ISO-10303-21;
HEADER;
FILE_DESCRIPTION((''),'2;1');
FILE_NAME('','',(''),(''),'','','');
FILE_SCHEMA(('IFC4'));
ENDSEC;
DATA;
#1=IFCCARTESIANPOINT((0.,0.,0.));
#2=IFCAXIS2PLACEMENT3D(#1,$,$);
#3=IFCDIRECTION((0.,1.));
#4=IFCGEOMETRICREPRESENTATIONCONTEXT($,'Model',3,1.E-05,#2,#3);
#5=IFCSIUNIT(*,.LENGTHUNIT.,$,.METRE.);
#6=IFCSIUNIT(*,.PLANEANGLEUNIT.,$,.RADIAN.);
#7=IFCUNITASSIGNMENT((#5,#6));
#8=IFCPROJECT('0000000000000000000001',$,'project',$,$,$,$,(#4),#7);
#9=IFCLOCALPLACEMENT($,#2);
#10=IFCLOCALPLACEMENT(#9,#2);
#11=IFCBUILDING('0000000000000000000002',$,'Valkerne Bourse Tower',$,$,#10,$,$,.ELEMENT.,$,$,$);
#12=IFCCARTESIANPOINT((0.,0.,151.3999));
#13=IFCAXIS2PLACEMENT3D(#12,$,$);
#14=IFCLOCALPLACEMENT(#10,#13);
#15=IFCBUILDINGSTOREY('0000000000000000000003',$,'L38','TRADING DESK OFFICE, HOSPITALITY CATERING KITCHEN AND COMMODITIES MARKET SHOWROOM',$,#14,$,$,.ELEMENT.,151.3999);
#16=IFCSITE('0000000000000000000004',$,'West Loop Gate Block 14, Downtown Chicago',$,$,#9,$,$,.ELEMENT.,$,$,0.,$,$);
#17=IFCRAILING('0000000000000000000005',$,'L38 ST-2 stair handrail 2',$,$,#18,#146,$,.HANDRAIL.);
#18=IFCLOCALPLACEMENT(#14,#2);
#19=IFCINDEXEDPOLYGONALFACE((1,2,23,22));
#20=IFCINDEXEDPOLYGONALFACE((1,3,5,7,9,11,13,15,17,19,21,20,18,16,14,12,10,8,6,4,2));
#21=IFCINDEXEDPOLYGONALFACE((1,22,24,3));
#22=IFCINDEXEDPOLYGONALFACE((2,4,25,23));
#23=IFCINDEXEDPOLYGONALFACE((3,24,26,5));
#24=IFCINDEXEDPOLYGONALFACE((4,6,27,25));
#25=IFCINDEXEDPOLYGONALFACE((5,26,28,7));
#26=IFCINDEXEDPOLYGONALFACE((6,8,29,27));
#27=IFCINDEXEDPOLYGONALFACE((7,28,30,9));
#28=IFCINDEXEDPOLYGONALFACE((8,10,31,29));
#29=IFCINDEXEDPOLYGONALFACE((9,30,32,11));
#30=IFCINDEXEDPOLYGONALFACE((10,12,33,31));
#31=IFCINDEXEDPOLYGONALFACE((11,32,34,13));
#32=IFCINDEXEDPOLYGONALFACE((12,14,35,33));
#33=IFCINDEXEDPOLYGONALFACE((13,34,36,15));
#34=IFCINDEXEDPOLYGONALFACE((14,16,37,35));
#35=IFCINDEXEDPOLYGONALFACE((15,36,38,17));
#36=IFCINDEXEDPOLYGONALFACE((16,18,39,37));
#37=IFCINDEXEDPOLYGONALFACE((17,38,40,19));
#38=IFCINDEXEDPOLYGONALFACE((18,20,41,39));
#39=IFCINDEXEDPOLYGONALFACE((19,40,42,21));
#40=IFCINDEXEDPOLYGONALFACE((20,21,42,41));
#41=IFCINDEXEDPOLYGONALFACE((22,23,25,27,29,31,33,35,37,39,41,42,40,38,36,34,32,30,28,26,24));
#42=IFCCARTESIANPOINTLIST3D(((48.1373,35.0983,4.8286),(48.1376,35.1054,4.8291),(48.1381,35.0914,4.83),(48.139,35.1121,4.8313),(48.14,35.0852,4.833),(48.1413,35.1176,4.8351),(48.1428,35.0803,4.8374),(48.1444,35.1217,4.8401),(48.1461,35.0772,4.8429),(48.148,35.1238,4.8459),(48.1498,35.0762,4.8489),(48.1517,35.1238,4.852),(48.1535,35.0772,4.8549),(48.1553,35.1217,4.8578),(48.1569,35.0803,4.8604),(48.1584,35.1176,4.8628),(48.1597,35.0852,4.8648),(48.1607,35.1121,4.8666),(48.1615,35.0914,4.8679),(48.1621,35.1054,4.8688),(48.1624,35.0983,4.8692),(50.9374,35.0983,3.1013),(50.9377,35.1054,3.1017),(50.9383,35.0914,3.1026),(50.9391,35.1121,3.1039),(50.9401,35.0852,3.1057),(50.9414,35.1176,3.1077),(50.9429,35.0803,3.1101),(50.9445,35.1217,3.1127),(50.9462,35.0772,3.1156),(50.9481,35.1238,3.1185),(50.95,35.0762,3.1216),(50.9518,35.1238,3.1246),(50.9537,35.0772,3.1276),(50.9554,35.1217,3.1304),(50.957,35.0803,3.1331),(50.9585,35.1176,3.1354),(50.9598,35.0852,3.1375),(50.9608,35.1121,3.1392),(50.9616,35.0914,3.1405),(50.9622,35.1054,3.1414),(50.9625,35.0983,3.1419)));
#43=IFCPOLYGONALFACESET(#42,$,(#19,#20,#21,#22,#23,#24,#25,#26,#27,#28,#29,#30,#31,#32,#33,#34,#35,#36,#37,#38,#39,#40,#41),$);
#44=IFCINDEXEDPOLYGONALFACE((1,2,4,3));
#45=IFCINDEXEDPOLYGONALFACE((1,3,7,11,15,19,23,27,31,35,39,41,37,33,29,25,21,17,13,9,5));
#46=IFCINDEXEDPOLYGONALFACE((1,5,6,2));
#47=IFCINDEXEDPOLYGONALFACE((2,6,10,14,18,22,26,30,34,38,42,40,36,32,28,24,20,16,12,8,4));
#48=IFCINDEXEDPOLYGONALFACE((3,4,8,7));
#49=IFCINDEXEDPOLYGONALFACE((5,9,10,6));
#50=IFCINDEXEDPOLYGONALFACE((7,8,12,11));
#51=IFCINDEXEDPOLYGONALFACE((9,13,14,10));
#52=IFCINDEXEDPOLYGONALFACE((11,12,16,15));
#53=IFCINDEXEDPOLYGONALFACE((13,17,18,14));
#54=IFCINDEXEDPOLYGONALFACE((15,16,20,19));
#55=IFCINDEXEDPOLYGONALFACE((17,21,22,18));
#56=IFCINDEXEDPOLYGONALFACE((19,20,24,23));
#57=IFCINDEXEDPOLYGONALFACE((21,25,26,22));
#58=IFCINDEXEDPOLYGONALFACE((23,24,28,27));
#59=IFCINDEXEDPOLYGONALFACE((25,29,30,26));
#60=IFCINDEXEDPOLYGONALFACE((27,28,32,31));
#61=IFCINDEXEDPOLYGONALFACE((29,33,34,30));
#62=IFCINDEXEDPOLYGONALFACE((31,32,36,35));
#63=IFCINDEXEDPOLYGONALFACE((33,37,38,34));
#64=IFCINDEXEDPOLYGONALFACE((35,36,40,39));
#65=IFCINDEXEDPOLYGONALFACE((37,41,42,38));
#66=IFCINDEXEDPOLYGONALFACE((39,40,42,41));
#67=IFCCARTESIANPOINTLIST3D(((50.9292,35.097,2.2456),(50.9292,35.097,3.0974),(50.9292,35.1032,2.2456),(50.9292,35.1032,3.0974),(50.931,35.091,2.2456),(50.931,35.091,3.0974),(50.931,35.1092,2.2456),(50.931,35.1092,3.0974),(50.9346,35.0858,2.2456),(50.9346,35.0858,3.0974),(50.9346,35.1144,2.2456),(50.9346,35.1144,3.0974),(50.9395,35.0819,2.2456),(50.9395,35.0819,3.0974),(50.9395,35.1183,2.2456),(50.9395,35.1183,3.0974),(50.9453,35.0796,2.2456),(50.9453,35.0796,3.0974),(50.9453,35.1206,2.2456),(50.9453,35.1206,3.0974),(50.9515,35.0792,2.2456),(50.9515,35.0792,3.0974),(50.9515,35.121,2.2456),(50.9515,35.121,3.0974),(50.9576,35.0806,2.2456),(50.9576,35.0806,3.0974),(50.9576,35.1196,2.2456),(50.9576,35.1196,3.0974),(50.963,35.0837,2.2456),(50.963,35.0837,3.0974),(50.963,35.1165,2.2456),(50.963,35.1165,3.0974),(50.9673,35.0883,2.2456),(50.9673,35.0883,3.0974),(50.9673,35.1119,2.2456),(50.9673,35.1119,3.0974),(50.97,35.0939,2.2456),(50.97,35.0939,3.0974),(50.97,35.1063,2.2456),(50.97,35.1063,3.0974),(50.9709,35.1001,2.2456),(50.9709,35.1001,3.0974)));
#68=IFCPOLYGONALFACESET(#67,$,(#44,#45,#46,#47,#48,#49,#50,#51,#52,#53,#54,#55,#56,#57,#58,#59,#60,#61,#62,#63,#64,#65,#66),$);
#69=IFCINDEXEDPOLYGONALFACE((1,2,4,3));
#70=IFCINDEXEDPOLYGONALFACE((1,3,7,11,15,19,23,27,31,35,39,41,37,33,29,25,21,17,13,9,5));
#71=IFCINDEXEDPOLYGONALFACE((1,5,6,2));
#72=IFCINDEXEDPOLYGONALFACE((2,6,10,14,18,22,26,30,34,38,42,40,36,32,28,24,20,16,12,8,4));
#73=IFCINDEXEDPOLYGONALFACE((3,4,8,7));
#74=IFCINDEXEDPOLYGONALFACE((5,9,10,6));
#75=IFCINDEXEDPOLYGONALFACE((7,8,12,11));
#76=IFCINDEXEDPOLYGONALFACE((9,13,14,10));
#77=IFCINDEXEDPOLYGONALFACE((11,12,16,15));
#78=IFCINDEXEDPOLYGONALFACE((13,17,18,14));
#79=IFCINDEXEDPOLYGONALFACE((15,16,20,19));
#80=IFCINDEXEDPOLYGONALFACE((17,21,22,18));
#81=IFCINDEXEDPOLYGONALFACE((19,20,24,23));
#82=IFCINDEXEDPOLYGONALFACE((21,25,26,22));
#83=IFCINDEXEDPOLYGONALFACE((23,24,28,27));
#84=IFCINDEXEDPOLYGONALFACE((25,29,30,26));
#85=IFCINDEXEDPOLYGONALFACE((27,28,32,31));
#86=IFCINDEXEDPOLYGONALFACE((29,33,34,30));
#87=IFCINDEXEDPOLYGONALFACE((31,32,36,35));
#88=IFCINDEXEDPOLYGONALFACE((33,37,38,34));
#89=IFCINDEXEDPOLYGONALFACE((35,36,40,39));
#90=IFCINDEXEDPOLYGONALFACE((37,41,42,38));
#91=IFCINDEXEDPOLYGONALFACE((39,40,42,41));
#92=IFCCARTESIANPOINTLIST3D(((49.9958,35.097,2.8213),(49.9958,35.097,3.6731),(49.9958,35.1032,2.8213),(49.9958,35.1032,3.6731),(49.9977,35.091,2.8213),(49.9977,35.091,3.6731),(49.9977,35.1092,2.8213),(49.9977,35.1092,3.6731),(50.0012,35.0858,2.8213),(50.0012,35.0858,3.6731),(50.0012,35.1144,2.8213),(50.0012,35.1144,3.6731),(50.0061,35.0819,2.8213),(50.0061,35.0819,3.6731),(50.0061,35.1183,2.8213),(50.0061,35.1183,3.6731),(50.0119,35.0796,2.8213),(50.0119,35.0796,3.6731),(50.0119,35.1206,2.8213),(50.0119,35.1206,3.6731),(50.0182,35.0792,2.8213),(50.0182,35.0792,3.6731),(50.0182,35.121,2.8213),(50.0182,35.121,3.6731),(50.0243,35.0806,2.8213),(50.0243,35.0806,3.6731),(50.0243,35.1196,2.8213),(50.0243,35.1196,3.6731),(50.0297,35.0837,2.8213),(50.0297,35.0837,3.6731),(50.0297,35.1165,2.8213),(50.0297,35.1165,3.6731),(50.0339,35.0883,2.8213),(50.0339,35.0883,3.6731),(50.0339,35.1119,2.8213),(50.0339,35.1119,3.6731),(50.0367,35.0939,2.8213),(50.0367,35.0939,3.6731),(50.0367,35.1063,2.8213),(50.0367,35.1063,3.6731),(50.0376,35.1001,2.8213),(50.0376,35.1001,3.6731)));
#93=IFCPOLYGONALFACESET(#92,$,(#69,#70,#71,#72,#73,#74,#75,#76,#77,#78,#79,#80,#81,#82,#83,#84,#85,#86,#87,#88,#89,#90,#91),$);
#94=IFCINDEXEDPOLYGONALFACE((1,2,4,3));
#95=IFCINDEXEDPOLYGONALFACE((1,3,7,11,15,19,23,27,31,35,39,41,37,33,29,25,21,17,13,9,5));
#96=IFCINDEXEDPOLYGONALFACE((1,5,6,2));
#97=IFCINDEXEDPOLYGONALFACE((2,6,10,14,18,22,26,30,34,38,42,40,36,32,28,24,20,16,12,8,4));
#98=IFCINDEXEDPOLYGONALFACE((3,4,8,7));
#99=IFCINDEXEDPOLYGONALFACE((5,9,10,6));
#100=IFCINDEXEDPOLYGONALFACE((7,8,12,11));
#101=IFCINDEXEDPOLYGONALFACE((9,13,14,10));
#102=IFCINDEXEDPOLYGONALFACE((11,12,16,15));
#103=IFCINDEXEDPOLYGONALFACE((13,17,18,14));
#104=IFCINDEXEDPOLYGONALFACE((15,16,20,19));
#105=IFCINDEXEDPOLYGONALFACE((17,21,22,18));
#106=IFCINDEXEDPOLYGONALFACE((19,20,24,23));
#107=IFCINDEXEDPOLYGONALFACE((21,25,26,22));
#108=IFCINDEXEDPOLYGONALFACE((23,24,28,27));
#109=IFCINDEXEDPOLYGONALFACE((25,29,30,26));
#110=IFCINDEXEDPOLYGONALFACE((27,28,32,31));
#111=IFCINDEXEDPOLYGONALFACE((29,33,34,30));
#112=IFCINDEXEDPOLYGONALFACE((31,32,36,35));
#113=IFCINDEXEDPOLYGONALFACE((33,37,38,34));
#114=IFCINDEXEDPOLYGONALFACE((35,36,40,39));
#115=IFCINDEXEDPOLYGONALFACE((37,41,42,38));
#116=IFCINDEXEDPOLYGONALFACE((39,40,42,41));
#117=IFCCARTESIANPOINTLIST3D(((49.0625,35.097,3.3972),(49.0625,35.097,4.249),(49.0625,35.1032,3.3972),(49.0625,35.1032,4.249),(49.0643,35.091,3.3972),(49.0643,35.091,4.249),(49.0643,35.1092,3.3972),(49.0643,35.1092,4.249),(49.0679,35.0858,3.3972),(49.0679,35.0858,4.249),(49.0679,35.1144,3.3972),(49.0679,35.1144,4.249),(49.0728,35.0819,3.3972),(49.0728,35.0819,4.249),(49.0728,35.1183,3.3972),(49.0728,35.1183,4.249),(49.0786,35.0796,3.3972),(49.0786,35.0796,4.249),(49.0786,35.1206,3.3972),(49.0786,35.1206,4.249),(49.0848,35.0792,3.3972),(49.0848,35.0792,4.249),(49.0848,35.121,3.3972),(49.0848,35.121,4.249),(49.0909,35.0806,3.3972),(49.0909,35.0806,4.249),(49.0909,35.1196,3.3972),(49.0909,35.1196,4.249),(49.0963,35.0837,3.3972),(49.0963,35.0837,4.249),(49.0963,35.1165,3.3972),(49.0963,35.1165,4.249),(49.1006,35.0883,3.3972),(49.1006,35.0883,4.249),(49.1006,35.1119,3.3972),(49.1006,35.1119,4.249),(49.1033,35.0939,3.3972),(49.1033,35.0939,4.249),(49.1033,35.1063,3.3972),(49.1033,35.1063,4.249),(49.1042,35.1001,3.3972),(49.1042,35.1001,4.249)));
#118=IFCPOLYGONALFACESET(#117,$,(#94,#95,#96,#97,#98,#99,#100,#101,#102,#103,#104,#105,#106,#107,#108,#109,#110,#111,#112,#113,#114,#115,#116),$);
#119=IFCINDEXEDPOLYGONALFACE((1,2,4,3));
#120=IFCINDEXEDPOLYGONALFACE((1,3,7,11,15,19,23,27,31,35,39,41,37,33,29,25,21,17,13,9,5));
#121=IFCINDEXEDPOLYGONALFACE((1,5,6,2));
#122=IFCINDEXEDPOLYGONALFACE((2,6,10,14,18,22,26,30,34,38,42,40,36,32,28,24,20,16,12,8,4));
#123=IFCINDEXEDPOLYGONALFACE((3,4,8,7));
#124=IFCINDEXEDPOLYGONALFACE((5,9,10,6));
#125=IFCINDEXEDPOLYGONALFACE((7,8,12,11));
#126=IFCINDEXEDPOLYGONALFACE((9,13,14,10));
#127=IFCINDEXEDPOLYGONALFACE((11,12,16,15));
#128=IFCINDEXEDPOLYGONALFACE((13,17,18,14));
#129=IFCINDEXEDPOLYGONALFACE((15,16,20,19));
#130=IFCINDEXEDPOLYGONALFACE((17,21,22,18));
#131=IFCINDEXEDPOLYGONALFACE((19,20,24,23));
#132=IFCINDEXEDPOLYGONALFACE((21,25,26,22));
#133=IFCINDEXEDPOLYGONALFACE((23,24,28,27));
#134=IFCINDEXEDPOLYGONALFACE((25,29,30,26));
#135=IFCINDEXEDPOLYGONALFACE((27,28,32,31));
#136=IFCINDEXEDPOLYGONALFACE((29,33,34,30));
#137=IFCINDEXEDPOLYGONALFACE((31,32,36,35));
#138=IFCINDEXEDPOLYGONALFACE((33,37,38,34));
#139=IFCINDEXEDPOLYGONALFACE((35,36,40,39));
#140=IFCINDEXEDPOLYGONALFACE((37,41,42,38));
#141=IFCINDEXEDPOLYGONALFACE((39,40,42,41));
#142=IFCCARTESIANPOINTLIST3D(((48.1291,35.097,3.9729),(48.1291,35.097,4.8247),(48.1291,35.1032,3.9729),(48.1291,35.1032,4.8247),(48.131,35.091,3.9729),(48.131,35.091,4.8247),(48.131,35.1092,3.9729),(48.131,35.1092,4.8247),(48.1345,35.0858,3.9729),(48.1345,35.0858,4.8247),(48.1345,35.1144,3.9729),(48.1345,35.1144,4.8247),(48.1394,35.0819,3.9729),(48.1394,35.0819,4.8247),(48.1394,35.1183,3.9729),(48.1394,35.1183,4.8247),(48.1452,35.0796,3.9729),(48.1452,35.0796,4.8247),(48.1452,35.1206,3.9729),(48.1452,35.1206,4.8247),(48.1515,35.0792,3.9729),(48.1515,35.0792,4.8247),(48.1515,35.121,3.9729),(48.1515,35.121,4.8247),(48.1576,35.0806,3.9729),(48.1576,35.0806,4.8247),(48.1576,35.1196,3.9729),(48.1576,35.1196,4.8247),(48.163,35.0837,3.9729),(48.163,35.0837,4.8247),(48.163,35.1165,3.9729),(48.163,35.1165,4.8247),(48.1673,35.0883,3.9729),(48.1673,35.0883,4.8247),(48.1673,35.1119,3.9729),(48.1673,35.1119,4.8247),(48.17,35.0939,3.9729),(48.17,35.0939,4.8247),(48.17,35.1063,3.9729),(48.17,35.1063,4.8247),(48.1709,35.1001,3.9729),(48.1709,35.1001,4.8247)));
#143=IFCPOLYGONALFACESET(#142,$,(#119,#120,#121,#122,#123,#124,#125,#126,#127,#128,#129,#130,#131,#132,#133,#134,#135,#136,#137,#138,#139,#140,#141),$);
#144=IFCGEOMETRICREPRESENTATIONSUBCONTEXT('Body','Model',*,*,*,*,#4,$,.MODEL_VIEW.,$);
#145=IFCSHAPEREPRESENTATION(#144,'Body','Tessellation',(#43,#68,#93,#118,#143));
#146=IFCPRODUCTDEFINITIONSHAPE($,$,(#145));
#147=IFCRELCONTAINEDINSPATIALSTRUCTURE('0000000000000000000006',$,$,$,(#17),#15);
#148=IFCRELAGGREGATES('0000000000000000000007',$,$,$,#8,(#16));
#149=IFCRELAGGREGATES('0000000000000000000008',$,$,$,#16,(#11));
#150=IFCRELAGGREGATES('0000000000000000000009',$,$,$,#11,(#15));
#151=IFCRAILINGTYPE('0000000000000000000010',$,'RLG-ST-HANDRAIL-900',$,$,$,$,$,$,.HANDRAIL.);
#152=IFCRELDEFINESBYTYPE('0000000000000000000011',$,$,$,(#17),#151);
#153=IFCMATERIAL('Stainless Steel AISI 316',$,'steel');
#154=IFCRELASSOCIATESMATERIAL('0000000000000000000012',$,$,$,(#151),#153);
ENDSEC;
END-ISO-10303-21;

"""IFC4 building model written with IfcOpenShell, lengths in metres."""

from ifc_helpers import new_model, si_unit, direction, frame, origin, origin_2d, place, context, subcontext, project, spatial, circle, extrude, material, type_object, element, save


model = new_model("IFC4")

# Units and contexts
model_context = context("Model", 3, precision=1e-05, world=origin(), true_north=direction((0.0, 1.0)))
body_context = subcontext(model_context, "Body", "Model", "MODEL_VIEW")
ifc_project = project(units=[si_unit("LENGTHUNIT", "METRE"), si_unit("PLANEANGLEUNIT", "RADIAN")], contexts=[model_context])

# Site, building, storey
site_placement = place(None, origin())
site = spatial("IfcSite", under=ifc_project, at=site_placement, Name="West Loop Gate Block 14, Downtown Chicago", CompositionType="ELEMENT", RefElevation=0.0)
building_placement = place(site_placement, origin())
building = spatial("IfcBuilding", under=site, at=building_placement, Name="Valkerne Bourse Tower", CompositionType="ELEMENT")
storey_placement = place(building_placement, frame((0.0, 0.0, 151.3999)))
storey = spatial("IfcBuildingStorey", under=building, at=storey_placement, Name="L38", Description="TRADING DESK OFFICE, HOSPITALITY CATERING KITCHEN AND COMMODITIES MARKET SHOWROOM", CompositionType="ELEMENT", Elevation=151.3999)

# Shared definitions
ifc_material_1 = material(Name="Stainless Steel AISI 316", Category="steel")

# Railing
railing_type_1 = type_object("IfcRailingType", Name="RLG-ST-HANDRAIL-900", PredefinedType="HANDRAIL", material=ifc_material_1)
railing_1_placement = place(storey_placement, frame((50.95, 35.1001, 2.2456)))
element("IfcRailing", 1, at=railing_1_placement, inside=storey, type_object=railing_type_1, Name="L38 ST-2 stair handrail 2", PredefinedType="HANDRAIL", context=body_context, shape_type="SweptSolid", body=[
    extrude(circle(Radius=0.0239, at=origin_2d()), frame((0.0, 0.0, 0.876), z_axis=(-0.85109, 0.0, 0.52502), x_axis=(0.0, -1.0, 0.0)), (0.0, 0.0, 1.0), 3.29),
    extrude(circle(Radius=0.021, at=origin_2d()), origin(), (0.0, 0.0, 1.0), 0.8518),
    extrude(circle(Radius=0.021, at=origin_2d()), frame((-0.9333, 0.0, 0.5757)), (0.0, 0.0, 1.0), 0.8518),
    extrude(circle(Radius=0.021, at=origin_2d()), frame((-1.8667, 0.0, 1.1516)), (0.0, 0.0, 1.0), 0.8518),
    extrude(circle(Radius=0.021, at=origin_2d()), frame((-2.8, 0.0, 1.7273)), (0.0, 0.0, 1.0), 0.8518),
])

save(model, "model.ifc")
